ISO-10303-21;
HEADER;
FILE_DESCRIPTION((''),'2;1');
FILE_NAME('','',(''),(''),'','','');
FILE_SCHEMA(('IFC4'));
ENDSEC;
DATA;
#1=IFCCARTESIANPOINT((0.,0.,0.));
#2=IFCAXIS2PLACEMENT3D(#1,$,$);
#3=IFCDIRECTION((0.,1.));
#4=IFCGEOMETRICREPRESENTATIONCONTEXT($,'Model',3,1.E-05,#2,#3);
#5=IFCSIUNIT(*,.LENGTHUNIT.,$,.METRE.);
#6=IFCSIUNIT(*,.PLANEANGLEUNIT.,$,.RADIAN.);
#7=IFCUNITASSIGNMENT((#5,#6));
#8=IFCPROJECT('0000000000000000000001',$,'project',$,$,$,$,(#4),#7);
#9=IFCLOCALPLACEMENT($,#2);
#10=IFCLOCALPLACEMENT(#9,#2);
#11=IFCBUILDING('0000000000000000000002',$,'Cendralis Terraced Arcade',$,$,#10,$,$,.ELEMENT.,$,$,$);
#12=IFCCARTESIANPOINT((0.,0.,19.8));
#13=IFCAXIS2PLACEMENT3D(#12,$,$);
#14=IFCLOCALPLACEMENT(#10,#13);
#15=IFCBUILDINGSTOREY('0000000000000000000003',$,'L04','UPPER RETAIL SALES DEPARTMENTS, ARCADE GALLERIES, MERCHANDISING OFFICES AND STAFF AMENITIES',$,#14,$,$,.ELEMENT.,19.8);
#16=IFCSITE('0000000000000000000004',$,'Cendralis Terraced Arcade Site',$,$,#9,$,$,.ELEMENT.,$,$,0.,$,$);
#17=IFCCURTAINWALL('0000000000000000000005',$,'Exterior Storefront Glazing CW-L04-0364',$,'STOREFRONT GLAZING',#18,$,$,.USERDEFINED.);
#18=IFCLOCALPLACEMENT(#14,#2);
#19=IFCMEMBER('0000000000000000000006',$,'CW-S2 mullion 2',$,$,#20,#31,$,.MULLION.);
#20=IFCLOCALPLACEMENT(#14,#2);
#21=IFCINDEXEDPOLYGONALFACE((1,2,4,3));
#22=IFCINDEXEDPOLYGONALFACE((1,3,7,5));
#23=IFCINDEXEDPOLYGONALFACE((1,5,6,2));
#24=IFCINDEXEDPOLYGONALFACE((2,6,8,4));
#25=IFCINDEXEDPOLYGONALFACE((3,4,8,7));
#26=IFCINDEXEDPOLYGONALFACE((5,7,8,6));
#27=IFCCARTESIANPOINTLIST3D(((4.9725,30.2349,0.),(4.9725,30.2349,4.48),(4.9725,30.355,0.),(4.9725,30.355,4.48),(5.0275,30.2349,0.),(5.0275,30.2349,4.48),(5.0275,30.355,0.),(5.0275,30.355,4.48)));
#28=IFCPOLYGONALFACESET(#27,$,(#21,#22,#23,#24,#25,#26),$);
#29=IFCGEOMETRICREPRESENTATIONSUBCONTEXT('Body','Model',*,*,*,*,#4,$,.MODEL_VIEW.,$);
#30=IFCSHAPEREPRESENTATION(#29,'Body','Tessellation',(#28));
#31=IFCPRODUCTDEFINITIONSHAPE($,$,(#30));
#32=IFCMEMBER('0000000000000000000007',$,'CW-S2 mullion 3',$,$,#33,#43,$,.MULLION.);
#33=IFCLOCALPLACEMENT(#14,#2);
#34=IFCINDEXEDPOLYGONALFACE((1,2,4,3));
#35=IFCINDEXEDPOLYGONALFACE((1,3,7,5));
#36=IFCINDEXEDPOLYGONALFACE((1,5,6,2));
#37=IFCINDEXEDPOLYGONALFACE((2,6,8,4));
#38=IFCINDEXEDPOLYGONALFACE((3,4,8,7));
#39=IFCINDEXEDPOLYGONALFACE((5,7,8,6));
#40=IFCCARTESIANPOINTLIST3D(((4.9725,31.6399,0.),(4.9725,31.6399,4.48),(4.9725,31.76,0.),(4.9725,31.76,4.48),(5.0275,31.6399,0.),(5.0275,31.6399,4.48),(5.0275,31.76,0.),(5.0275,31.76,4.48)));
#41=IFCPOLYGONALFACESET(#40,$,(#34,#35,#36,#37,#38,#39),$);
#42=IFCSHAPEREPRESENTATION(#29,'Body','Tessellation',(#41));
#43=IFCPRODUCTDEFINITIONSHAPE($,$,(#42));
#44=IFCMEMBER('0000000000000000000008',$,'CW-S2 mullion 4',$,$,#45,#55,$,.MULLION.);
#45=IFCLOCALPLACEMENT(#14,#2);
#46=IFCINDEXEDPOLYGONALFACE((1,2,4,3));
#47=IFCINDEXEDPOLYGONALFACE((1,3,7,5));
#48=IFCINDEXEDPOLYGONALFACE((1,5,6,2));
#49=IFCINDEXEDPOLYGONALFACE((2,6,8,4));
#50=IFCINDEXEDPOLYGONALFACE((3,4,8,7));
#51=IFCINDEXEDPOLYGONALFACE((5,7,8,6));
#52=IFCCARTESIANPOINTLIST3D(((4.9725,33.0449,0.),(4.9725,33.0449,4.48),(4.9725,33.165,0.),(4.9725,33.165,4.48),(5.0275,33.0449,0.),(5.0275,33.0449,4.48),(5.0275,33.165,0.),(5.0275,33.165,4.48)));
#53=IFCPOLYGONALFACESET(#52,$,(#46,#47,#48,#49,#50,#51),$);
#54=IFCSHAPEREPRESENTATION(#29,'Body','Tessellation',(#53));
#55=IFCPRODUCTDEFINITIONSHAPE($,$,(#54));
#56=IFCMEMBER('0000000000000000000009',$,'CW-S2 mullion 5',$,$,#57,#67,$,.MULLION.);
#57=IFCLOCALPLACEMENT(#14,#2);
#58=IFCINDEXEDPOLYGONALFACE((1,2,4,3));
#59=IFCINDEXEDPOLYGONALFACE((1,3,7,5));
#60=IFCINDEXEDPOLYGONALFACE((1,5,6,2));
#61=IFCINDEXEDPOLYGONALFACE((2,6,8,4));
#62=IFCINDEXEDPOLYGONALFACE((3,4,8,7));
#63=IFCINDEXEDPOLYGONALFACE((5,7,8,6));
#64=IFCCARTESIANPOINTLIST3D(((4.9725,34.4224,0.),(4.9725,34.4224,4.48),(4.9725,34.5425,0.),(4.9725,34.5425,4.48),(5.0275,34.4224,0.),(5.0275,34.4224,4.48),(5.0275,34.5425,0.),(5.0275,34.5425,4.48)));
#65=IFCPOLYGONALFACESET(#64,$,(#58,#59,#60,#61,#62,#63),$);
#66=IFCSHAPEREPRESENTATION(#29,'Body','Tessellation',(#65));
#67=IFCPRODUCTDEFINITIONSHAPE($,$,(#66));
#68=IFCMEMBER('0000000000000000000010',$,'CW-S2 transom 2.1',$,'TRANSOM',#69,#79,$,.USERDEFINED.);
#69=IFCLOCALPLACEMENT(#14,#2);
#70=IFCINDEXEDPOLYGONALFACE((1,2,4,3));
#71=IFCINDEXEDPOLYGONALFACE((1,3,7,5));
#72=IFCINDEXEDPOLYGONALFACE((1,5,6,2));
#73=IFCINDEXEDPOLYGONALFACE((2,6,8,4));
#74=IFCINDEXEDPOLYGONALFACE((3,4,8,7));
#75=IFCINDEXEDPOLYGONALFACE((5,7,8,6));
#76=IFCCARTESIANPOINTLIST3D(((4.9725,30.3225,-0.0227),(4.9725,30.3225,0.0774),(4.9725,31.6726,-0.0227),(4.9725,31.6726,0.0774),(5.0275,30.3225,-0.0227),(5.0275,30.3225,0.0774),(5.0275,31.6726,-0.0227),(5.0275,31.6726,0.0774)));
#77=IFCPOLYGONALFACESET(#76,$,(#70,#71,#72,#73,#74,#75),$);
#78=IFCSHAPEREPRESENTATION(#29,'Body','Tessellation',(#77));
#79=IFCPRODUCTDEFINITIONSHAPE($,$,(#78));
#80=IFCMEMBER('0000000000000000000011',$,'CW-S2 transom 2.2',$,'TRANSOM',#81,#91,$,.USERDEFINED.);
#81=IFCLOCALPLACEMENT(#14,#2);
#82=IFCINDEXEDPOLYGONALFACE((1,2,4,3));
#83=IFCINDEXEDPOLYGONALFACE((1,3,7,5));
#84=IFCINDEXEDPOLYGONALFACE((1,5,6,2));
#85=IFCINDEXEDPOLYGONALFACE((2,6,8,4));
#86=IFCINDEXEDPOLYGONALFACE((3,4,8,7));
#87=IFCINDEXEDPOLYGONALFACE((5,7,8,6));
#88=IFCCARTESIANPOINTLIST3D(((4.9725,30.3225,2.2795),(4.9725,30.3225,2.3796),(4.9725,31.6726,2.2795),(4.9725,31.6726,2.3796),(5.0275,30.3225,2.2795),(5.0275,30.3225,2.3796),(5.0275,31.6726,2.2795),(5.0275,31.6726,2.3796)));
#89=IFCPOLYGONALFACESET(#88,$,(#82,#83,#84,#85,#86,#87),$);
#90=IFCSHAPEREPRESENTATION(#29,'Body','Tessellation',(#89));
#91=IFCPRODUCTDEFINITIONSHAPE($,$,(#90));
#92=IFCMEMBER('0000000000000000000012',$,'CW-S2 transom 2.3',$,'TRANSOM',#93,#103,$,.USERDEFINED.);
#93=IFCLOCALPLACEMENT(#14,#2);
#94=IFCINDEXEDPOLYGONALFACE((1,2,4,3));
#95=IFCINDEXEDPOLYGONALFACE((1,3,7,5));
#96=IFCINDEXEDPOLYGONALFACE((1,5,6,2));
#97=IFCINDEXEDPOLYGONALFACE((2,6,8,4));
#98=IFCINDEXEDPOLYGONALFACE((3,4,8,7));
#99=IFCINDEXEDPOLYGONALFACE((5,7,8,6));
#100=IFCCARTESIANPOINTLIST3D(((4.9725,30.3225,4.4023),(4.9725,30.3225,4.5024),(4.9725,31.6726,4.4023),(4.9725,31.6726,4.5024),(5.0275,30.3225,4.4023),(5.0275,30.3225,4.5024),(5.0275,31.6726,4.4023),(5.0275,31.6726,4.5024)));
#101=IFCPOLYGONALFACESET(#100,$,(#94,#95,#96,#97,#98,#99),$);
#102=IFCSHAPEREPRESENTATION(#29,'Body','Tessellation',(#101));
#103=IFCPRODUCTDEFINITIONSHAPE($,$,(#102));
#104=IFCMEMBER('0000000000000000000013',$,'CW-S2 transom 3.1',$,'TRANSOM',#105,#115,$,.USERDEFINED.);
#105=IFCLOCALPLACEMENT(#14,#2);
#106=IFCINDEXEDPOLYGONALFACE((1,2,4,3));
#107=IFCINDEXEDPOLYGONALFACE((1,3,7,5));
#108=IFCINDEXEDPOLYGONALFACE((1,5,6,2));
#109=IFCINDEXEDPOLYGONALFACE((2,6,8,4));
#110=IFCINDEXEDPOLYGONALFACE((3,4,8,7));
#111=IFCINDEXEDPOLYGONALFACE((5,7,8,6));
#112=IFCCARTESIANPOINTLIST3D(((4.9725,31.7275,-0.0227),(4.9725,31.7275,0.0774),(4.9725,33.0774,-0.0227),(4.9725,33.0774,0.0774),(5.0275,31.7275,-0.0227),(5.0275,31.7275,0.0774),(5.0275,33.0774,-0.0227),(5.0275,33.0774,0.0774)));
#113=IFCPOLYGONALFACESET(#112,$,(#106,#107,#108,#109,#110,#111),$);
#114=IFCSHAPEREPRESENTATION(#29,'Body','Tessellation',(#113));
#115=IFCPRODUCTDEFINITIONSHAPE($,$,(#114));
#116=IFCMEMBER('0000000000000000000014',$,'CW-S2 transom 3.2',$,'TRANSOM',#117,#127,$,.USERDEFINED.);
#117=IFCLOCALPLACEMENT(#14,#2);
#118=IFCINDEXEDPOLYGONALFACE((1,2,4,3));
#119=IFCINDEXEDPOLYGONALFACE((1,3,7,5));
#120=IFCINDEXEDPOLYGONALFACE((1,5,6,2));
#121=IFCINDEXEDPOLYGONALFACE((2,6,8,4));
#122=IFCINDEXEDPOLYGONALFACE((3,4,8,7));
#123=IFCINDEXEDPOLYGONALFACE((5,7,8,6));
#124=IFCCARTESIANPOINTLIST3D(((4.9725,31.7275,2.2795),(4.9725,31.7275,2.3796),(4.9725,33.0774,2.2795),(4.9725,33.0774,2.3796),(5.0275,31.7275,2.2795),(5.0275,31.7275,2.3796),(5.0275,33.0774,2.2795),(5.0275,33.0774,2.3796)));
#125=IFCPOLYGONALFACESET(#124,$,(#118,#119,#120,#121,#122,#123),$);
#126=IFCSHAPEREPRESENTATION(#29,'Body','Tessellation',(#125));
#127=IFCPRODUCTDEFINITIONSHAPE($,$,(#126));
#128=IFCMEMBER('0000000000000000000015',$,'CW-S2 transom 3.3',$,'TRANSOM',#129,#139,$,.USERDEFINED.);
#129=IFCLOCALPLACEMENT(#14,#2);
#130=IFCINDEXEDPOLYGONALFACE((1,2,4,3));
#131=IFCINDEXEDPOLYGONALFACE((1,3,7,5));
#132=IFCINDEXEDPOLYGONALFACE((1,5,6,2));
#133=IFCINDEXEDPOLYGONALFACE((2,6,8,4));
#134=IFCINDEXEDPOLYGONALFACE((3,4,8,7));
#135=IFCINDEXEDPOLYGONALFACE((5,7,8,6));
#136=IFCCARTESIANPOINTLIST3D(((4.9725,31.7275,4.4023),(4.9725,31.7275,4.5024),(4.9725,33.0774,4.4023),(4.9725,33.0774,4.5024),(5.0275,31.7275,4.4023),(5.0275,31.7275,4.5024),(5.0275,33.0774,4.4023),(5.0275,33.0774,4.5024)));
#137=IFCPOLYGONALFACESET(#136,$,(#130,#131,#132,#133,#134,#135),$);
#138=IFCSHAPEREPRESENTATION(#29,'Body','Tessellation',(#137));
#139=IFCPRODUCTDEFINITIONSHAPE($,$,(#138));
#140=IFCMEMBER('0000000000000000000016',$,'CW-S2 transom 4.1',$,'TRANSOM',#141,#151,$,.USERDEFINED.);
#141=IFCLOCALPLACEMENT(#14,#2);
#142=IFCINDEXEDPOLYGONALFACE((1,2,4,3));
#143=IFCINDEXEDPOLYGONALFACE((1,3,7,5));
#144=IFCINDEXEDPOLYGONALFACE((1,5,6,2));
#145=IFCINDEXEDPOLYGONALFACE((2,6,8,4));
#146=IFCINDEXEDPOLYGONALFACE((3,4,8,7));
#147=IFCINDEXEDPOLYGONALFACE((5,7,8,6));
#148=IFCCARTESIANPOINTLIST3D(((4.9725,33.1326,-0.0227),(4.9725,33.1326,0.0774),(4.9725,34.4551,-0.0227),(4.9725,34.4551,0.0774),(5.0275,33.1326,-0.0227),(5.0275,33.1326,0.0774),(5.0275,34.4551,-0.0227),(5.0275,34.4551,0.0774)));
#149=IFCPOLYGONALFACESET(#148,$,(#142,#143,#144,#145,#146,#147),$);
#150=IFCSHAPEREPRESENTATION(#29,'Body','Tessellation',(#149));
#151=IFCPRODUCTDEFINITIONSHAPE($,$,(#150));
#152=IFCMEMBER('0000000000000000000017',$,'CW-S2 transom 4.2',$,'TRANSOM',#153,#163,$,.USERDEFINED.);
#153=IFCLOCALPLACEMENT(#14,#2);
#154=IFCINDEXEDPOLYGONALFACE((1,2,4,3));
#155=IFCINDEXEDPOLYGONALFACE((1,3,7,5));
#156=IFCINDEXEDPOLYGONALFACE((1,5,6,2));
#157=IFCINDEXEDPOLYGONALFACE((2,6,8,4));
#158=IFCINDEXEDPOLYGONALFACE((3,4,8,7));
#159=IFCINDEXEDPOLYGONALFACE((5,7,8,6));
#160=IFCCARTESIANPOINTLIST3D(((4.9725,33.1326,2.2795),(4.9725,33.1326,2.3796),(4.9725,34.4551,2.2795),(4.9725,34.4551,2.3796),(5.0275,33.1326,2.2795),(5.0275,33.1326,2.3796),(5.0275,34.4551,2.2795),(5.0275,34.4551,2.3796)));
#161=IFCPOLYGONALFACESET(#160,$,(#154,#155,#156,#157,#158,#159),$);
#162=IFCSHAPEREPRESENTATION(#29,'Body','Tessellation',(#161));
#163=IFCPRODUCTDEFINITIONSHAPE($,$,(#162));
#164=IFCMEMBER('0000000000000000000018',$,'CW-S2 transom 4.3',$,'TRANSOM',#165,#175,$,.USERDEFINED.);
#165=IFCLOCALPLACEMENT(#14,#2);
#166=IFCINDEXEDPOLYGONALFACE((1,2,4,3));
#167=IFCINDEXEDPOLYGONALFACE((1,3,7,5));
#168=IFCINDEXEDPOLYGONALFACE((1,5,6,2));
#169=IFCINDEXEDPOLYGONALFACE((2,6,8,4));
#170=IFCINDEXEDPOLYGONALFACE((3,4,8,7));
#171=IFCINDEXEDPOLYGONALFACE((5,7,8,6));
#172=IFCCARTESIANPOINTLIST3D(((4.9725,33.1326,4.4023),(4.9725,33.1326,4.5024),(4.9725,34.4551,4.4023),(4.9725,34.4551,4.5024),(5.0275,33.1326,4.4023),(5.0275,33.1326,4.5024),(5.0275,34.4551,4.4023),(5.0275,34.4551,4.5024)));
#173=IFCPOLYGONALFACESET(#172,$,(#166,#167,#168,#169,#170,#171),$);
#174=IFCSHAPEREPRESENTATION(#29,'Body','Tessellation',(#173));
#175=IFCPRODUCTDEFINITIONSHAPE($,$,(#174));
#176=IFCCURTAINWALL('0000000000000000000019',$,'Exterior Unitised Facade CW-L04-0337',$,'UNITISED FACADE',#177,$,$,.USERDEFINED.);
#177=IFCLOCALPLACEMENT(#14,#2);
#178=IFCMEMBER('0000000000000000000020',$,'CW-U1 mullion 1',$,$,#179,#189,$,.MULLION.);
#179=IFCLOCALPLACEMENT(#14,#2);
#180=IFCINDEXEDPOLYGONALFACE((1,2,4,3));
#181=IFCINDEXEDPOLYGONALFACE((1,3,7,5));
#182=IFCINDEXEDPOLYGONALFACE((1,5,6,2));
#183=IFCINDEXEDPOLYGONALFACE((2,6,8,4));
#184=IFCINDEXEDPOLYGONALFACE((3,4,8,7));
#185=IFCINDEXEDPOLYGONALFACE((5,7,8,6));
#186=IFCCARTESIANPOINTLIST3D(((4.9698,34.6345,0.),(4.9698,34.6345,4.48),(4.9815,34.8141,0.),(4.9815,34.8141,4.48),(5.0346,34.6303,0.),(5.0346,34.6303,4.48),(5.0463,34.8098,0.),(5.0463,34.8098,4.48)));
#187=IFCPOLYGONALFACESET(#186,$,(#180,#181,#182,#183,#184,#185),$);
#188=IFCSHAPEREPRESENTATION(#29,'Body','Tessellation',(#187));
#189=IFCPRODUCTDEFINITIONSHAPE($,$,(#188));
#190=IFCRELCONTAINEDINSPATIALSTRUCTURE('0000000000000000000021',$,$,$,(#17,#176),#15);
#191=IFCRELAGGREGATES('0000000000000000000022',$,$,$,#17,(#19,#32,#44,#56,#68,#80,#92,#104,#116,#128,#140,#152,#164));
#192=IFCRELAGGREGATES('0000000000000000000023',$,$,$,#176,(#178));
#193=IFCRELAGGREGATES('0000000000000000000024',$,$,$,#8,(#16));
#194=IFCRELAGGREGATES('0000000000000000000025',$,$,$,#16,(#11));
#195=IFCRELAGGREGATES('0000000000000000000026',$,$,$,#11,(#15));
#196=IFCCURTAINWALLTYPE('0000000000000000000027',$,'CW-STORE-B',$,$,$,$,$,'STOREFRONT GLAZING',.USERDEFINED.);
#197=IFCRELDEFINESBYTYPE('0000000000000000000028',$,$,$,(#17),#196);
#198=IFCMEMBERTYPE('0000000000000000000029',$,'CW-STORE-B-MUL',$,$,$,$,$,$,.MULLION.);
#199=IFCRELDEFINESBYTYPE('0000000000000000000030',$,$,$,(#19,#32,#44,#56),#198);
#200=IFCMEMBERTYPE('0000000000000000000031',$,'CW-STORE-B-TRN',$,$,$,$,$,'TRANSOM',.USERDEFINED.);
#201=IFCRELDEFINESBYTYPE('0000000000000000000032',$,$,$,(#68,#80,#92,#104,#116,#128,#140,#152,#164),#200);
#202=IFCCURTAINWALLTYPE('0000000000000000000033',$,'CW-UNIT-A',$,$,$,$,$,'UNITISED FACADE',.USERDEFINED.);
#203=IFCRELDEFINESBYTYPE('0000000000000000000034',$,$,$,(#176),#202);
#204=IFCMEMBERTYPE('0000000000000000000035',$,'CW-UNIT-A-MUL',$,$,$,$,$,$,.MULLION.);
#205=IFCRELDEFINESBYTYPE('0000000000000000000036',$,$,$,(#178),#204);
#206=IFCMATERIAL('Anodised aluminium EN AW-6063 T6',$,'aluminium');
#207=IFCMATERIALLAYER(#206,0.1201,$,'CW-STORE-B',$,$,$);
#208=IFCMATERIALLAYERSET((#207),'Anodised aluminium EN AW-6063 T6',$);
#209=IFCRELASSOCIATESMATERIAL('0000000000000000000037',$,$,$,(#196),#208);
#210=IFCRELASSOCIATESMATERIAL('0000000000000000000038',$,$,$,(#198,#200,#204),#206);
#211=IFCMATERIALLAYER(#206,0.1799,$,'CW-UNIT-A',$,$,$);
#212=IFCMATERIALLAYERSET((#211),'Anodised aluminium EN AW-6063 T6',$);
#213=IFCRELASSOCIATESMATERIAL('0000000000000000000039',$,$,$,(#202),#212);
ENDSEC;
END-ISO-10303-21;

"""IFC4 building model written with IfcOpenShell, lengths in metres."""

from ifc_helpers import new_model, si_unit, direction, frame, origin, origin_2d, place, context, subcontext, project, spatial, rectangle, extrude, material, layer, layer_set, material_profile, profile_set, type_object, element, aggregate, save


model = new_model("IFC4")

# Units and contexts
model_context = context("Model", 3, precision=1e-05, world=origin(), true_north=direction((0.0, 1.0)))
body_context = subcontext(model_context, "Body", "Model", "MODEL_VIEW")
ifc_project = project(units=[si_unit("LENGTHUNIT", "METRE"), si_unit("PLANEANGLEUNIT", "RADIAN")], contexts=[model_context])

# Site, building, storey
site_placement = place(None, origin())
site = spatial("IfcSite", under=ifc_project, at=site_placement, Name="Cendralis Terraced Arcade Site", CompositionType="ELEMENT", RefElevation=0.0)
building_placement = place(site_placement, origin())
building = spatial("IfcBuilding", under=site, at=building_placement, Name="Cendralis Terraced Arcade", CompositionType="ELEMENT")
storey_placement = place(building_placement, frame((0.0, 0.0, 19.8)))
storey = spatial("IfcBuildingStorey", under=building, at=storey_placement, Name="L04", Description="UPPER RETAIL SALES DEPARTMENTS, ARCADE GALLERIES, MERCHANDISING OFFICES AND STAFF AMENITIES", CompositionType="ELEMENT", Elevation=19.8)

# Curtain walls, members
ifc_material_1 = material(Name="Anodised aluminium EN AW-6063 T6", Category="aluminium")
ifc_layer_1 = layer(ifc_material_1, 0.1201, Name="CW-STORE-B")
ifc_layer_set_1 = layer_set([ifc_layer_1], Name="Anodised aluminium EN AW-6063 T6")
curtain_wall_type_1 = type_object("IfcCurtainWallType", Name="CW-STORE-B", ElementType="STOREFRONT GLAZING", PredefinedType="USERDEFINED", material=ifc_layer_set_1)
curtain_wall_1_placement = place(storey_placement, origin())
curtain_wall_1 = element("IfcCurtainWall", 1, at=curtain_wall_1_placement, inside=storey, type_object=curtain_wall_type_1, Name="Exterior Storefront Glazing CW-L04-0364", ObjectType="STOREFRONT GLAZING", PredefinedType="USERDEFINED")
ifc_material_profile_1 = material_profile(ifc_material_1, rectangle(XDim=0.0549, YDim=0.1201, at=origin_2d()), Name="ALU-MUL-55x120")
ifc_profile_set_1 = profile_set([ifc_material_profile_1], Name="Anodised aluminium EN AW-6063 T6")
member_type_1 = type_object("IfcMemberType", Name="CW-STORE-B-MUL", PredefinedType="MULLION", material=ifc_profile_set_1)
member_1_placement = place(storey_placement, frame((5.0, 30.2949, 0.0), z_axis=(0.0, 0.0, 1.0), x_axis=(-1.0, 0.0, 0.0)))
member_1 = element("IfcMember", 2, at=member_1_placement, type_object=member_type_1, Name="CW-S2 mullion 2", PredefinedType="MULLION", context=body_context, shape_type="SweptSolid", body=[
    extrude(rectangle(XDim=0.0549, YDim=0.1201, at=origin_2d()), origin(), (0.0, 0.0, 1.0), 4.48),
])
member_2_placement = place(storey_placement, frame((5.0, 31.7, 0.0), z_axis=(0.0, 0.0, 1.0), x_axis=(-1.0, 0.0, 0.0)))
member_2 = element("IfcMember", 3, at=member_2_placement, type_object=member_type_1, Name="CW-S2 mullion 3", PredefinedType="MULLION", context=body_context, shape_type="SweptSolid", body=[
    extrude(rectangle(XDim=0.0549, YDim=0.1201, at=origin_2d()), origin(), (0.0, 0.0, 1.0), 4.48),
])
member_3_placement = place(storey_placement, frame((5.0, 33.105, 0.0), z_axis=(0.0, 0.0, 1.0), x_axis=(-1.0, 0.0, 0.0)))
member_3 = element("IfcMember", 4, at=member_3_placement, type_object=member_type_1, Name="CW-S2 mullion 4", PredefinedType="MULLION", context=body_context, shape_type="SweptSolid", body=[
    extrude(rectangle(XDim=0.0549, YDim=0.1201, at=origin_2d()), origin(), (0.0, 0.0, 1.0), 4.48),
])
member_4_placement = place(storey_placement, frame((5.0, 34.4824, 0.0), z_axis=(0.0, 0.0, 1.0), x_axis=(-1.0, 0.0, 0.0)))
member_4 = element("IfcMember", 5, at=member_4_placement, type_object=member_type_1, Name="CW-S2 mullion 5", PredefinedType="MULLION", context=body_context, shape_type="SweptSolid", body=[
    extrude(rectangle(XDim=0.0549, YDim=0.1201, at=origin_2d()), origin(), (0.0, 0.0, 1.0), 4.48),
])
ifc_material_profile_2 = material_profile(ifc_material_1, rectangle(XDim=0.0549, YDim=0.1001, at=origin_2d()), Name="ALU-TRN-55x100")
ifc_profile_set_2 = profile_set([ifc_material_profile_2], Name="Anodised aluminium EN AW-6063 T6")
member_type_2 = type_object("IfcMemberType", Name="CW-STORE-B-TRN", ElementType="TRANSOM", PredefinedType="USERDEFINED", material=ifc_profile_set_2)
member_5_placement = place(storey_placement, frame((5.0, 30.3225, 0.0273), z_axis=(0.0, 1.0, 0.0), x_axis=(-1.0, 0.0, 0.0)))
member_5 = element("IfcMember", 6, at=member_5_placement, type_object=member_type_2, Name="CW-S2 transom 2.1", ObjectType="TRANSOM", PredefinedType="USERDEFINED", context=body_context, shape_type="SweptSolid", body=[
    extrude(rectangle(XDim=0.0549, YDim=0.1001, at=origin_2d()), origin(), (0.0, 0.0, 1.0), 1.3501),
])
member_6_placement = place(storey_placement, frame((5.0, 30.3225, 2.3296), z_axis=(0.0, 1.0, 0.0), x_axis=(-1.0, 0.0, 0.0)))
member_6 = element("IfcMember", 7, at=member_6_placement, type_object=member_type_2, Name="CW-S2 transom 2.2", ObjectType="TRANSOM", PredefinedType="USERDEFINED", context=body_context, shape_type="SweptSolid", body=[
    extrude(rectangle(XDim=0.0549, YDim=0.1001, at=origin_2d()), origin(), (0.0, 0.0, 1.0), 1.3501),
])
member_7_placement = place(storey_placement, frame((5.0, 30.3225, 4.4524), z_axis=(0.0, 1.0, 0.0), x_axis=(-1.0, 0.0, 0.0)))
member_7 = element("IfcMember", 8, at=member_7_placement, type_object=member_type_2, Name="CW-S2 transom 2.3", ObjectType="TRANSOM", PredefinedType="USERDEFINED", context=body_context, shape_type="SweptSolid", body=[
    extrude(rectangle(XDim=0.0549, YDim=0.1001, at=origin_2d()), origin(), (0.0, 0.0, 1.0), 1.3501),
])
member_8_placement = place(storey_placement, frame((5.0, 31.7275, 0.0273), z_axis=(0.0, 1.0, 0.0), x_axis=(-1.0, 0.0, 0.0)))
member_8 = element("IfcMember", 9, at=member_8_placement, type_object=member_type_2, Name="CW-S2 transom 3.1", ObjectType="TRANSOM", PredefinedType="USERDEFINED", context=body_context, shape_type="SweptSolid", body=[
    extrude(rectangle(XDim=0.0549, YDim=0.1001, at=origin_2d()), origin(), (0.0, 0.0, 1.0), 1.3499),
])
member_9_placement = place(storey_placement, frame((5.0, 31.7275, 2.3296), z_axis=(0.0, 1.0, 0.0), x_axis=(-1.0, 0.0, 0.0)))
member_9 = element("IfcMember", 10, at=member_9_placement, type_object=member_type_2, Name="CW-S2 transom 3.2", ObjectType="TRANSOM", PredefinedType="USERDEFINED", context=body_context, shape_type="SweptSolid", body=[
    extrude(rectangle(XDim=0.0549, YDim=0.1001, at=origin_2d()), origin(), (0.0, 0.0, 1.0), 1.3499),
])
member_10_placement = place(storey_placement, frame((5.0, 31.7275, 4.4524), z_axis=(0.0, 1.0, 0.0), x_axis=(-1.0, 0.0, 0.0)))
member_10 = element("IfcMember", 11, at=member_10_placement, type_object=member_type_2, Name="CW-S2 transom 3.3", ObjectType="TRANSOM", PredefinedType="USERDEFINED", context=body_context, shape_type="SweptSolid", body=[
    extrude(rectangle(XDim=0.0549, YDim=0.1001, at=origin_2d()), origin(), (0.0, 0.0, 1.0), 1.3499),
])
member_11_placement = place(storey_placement, frame((5.0, 33.1326, 0.0273), z_axis=(0.0, 1.0, 0.0), x_axis=(-1.0, 0.0, 0.0)))
member_11 = element("IfcMember", 12, at=member_11_placement, type_object=member_type_2, Name="CW-S2 transom 4.1", ObjectType="TRANSOM", PredefinedType="USERDEFINED", context=body_context, shape_type="SweptSolid", body=[
    extrude(rectangle(XDim=0.0549, YDim=0.1001, at=origin_2d()), origin(), (0.0, 0.0, 1.0), 1.3225),
])
member_12_placement = place(storey_placement, frame((5.0, 33.1326, 2.3296), z_axis=(0.0, 1.0, 0.0), x_axis=(-1.0, 0.0, 0.0)))
member_12 = element("IfcMember", 13, at=member_12_placement, type_object=member_type_2, Name="CW-S2 transom 4.2", ObjectType="TRANSOM", PredefinedType="USERDEFINED", context=body_context, shape_type="SweptSolid", body=[
    extrude(rectangle(XDim=0.0549, YDim=0.1001, at=origin_2d()), origin(), (0.0, 0.0, 1.0), 1.3225),
])
member_13_placement = place(storey_placement, frame((5.0, 33.1326, 4.4524), z_axis=(0.0, 1.0, 0.0), x_axis=(-1.0, 0.0, 0.0)))
member_13 = element("IfcMember", 14, at=member_13_placement, type_object=member_type_2, Name="CW-S2 transom 4.3", ObjectType="TRANSOM", PredefinedType="USERDEFINED", context=body_context, shape_type="SweptSolid", body=[
    extrude(rectangle(XDim=0.0549, YDim=0.1001, at=origin_2d()), origin(), (0.0, 0.0, 1.0), 1.3225),
])
ifc_layer_2 = layer(ifc_material_1, 0.1799, Name="CW-UNIT-A")
ifc_layer_set_2 = layer_set([ifc_layer_2], Name="Anodised aluminium EN AW-6063 T6")
curtain_wall_type_2 = type_object("IfcCurtainWallType", Name="CW-UNIT-A", ElementType="UNITISED FACADE", PredefinedType="USERDEFINED", material=ifc_layer_set_2)
curtain_wall_2_placement = place(storey_placement, origin())
curtain_wall_2 = element("IfcCurtainWall", 15, at=curtain_wall_2_placement, inside=storey, type_object=curtain_wall_type_2, Name="Exterior Unitised Facade CW-L04-0337", ObjectType="UNITISED FACADE", PredefinedType="USERDEFINED")
ifc_material_profile_3 = material_profile(ifc_material_1, rectangle(XDim=0.0649, YDim=0.1799, at=origin_2d()), Name="ALU-MUL-65x180")
ifc_profile_set_3 = profile_set([ifc_material_profile_3], Name="Anodised aluminium EN AW-6063 T6")
member_type_3 = type_object("IfcMemberType", Name="CW-UNIT-A-MUL", PredefinedType="MULLION", material=ifc_profile_set_3)
member_14_placement = place(storey_placement, frame((5.0081, 34.7222, 0.0), z_axis=(0.0, 0.0, 1.0), x_axis=(-0.997861, 0.065372, 0.0)))
member_14 = element("IfcMember", 16, at=member_14_placement, type_object=member_type_3, Name="CW-U1 mullion 1", PredefinedType="MULLION", context=body_context, shape_type="SweptSolid", body=[
    extrude(rectangle(XDim=0.0649, YDim=0.1799, at=origin_2d()), origin(), (0.0, 0.0, 1.0), 4.48),
])

aggregate(curtain_wall_1, [member_1, member_2, member_3, member_4, member_5, member_6, member_7, member_8, member_9, member_10, member_11, member_12, member_13])
aggregate(curtain_wall_2, [member_14])

save(model, "model.ifc")
